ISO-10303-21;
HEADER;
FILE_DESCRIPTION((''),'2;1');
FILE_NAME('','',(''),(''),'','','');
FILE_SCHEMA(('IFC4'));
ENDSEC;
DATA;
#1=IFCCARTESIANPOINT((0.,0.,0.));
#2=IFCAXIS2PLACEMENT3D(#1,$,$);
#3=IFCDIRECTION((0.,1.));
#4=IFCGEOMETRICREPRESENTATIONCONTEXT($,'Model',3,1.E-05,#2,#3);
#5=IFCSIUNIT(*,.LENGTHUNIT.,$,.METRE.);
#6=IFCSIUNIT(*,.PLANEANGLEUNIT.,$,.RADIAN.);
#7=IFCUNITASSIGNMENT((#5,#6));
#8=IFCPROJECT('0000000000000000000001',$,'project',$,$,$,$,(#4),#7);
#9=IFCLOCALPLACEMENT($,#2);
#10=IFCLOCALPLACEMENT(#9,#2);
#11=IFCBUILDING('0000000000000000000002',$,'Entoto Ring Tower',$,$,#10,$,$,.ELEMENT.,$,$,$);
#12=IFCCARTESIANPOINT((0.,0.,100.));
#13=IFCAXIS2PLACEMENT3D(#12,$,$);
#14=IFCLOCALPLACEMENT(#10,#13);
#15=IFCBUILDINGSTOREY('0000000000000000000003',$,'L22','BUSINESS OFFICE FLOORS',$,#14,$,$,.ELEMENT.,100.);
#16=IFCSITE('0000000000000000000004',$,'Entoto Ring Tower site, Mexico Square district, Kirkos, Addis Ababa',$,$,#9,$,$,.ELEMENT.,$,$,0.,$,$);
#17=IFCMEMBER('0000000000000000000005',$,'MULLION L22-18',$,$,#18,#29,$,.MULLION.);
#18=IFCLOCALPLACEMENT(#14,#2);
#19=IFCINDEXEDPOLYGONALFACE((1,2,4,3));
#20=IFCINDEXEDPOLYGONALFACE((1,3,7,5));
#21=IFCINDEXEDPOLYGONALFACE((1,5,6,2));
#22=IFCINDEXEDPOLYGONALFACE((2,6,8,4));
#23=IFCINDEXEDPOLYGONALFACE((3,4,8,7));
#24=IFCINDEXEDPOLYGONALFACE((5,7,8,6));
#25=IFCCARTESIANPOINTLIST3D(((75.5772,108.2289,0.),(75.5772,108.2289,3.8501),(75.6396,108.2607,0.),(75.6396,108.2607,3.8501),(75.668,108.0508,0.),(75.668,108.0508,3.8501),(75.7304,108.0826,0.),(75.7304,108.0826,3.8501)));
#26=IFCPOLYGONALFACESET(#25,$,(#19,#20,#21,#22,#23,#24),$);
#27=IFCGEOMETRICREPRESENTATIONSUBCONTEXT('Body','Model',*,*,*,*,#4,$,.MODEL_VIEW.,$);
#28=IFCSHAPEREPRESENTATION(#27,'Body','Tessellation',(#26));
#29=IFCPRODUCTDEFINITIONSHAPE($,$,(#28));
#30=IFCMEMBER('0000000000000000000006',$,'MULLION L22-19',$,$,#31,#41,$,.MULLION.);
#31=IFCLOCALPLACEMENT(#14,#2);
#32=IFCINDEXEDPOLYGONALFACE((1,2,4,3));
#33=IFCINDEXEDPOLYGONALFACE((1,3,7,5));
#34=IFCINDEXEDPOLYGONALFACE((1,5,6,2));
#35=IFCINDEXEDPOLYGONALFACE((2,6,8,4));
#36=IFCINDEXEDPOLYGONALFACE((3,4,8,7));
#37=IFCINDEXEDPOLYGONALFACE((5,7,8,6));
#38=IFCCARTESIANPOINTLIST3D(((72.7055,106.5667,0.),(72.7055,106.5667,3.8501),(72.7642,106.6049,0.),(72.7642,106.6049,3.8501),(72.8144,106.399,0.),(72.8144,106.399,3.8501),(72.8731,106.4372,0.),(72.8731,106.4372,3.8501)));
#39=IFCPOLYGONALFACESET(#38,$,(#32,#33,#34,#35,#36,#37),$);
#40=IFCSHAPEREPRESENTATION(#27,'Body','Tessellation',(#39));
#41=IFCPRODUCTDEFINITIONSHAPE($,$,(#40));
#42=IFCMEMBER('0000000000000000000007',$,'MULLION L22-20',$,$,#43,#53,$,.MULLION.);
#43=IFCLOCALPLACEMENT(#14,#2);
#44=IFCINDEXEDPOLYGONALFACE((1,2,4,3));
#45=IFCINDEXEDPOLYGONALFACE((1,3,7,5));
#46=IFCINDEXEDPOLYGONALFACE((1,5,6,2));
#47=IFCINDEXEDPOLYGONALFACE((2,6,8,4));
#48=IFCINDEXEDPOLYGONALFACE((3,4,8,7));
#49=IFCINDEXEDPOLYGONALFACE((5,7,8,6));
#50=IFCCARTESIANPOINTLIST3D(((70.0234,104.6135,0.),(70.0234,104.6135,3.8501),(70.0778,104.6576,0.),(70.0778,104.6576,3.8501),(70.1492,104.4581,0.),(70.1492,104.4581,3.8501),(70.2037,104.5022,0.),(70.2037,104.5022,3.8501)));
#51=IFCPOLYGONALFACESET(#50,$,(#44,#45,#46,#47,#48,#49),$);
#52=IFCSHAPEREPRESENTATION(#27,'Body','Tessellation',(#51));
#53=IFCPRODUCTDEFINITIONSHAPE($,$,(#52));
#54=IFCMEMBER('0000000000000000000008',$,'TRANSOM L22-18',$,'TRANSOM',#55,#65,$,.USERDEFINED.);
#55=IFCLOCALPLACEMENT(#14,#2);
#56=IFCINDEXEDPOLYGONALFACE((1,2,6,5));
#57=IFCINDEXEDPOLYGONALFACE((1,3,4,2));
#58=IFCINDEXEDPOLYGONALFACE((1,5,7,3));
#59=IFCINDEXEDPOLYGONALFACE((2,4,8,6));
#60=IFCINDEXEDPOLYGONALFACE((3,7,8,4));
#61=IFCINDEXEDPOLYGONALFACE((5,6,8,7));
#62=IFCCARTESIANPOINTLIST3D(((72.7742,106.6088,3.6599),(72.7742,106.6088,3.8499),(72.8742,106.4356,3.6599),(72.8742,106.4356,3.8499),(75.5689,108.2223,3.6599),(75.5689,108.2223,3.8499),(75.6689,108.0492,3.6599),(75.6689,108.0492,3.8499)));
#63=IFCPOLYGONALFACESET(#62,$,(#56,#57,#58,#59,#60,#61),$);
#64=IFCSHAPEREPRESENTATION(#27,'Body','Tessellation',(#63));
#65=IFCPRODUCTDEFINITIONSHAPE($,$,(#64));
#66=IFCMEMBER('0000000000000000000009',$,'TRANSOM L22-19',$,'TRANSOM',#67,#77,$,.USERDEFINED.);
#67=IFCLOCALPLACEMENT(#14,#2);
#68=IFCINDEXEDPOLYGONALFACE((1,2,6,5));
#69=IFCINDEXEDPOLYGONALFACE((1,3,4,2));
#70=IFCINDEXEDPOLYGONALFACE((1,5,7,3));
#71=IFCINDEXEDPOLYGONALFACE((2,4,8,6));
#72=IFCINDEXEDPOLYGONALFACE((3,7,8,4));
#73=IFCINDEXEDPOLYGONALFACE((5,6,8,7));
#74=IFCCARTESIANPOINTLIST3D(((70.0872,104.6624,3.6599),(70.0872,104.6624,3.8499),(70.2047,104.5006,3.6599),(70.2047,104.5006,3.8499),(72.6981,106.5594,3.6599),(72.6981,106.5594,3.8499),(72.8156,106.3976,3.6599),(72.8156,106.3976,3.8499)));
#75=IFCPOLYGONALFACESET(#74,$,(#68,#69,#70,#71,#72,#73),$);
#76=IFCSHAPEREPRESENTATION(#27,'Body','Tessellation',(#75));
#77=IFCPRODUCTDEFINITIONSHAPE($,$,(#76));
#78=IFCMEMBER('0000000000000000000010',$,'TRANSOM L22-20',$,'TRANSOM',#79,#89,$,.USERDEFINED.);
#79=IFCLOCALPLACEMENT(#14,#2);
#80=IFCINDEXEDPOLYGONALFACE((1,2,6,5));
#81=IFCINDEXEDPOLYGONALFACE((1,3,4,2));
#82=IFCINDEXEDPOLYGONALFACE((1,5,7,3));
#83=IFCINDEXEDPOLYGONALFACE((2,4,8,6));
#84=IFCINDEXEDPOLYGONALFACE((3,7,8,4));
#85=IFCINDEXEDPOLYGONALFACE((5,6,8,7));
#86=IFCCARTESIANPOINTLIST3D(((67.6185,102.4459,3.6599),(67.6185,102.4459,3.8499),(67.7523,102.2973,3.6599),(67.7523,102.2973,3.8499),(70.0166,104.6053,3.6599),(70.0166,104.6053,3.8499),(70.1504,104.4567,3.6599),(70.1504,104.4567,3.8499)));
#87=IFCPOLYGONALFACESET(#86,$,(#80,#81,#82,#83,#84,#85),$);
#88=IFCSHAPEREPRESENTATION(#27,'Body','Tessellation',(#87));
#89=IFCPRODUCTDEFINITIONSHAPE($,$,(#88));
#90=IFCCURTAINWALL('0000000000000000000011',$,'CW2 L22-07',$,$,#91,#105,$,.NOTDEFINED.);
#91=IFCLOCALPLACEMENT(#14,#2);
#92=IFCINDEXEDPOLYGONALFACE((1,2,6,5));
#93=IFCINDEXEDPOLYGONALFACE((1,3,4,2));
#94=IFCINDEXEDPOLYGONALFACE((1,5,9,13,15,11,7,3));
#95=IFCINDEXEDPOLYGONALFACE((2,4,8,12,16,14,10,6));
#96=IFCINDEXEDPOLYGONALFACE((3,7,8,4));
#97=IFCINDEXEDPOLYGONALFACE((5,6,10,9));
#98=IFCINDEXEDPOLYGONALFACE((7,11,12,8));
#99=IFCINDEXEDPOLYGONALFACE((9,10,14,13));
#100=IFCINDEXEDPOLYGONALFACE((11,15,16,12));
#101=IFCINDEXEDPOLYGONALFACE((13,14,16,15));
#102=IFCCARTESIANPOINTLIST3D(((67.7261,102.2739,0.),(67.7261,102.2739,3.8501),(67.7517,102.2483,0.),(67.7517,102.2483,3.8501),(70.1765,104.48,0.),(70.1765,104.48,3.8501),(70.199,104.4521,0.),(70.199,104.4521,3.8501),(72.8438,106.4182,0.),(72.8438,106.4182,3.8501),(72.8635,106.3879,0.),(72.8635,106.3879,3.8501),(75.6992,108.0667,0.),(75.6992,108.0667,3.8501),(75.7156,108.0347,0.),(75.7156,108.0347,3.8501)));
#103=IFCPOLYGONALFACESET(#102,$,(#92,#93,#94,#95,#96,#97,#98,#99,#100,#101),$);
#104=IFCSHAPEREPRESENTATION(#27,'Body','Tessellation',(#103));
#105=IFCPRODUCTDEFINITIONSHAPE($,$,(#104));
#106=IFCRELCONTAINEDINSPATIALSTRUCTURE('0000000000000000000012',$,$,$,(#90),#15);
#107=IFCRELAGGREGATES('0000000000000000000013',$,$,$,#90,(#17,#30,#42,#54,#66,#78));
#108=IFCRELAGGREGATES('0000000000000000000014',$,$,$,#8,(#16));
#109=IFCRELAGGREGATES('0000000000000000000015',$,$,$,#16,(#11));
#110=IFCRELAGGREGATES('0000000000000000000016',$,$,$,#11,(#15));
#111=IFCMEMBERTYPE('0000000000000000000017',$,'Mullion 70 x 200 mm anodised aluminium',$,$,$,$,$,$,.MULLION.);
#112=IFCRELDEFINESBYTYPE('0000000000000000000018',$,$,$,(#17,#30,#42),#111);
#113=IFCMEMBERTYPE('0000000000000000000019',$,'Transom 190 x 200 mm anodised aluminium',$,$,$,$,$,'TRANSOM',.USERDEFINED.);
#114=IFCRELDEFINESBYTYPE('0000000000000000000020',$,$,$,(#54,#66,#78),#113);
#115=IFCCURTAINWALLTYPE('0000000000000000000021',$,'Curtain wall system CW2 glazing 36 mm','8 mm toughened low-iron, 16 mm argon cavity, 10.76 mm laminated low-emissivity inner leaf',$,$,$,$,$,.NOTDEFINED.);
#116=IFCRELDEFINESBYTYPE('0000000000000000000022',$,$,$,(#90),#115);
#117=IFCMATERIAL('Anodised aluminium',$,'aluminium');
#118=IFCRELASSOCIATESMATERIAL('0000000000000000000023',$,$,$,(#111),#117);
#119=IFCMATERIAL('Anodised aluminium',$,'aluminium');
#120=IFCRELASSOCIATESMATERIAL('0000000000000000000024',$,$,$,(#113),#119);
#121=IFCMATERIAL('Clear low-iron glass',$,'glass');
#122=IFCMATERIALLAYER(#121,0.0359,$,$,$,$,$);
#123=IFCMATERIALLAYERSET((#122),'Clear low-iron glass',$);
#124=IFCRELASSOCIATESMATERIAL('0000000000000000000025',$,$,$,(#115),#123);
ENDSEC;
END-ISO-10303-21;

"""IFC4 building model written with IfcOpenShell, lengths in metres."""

from ifc_helpers import new_model, si_unit, direction, frame, origin, origin_2d, place, context, subcontext, project, spatial, polyline, rectangle, outline, extrude, material, layer, layer_set, material_profile, profile_set, type_object, element, aggregate, save


model = new_model("IFC4")

# Units and contexts
model_context = context("Model", 3, precision=1e-05, world=origin(), true_north=direction((0.0, 1.0)))
body_context = subcontext(model_context, "Body", "Model", "MODEL_VIEW")
ifc_project = project(units=[si_unit("LENGTHUNIT", "METRE"), si_unit("PLANEANGLEUNIT", "RADIAN")], contexts=[model_context])

# Members
ifc_material_1 = material(Name="Anodised aluminium", Category="aluminium")
ifc_material_profile_1 = material_profile(ifc_material_1, rectangle(XDim=0.0701, YDim=0.2, at=origin_2d()), Name="Mullion 70 x 200 mm anodised aluminium")
ifc_profile_set_1 = profile_set([ifc_material_profile_1], Name="Anodised aluminium")
member_type_1 = type_object("IfcMemberType", Name="Mullion 70 x 200 mm anodised aluminium", PredefinedType="MULLION", material=ifc_profile_set_1)
site_placement = place(None, origin())
building_placement = place(site_placement, origin())
storey_placement = place(building_placement, frame((0.0, 0.0, 100.0)))
member_1_placement = place(storey_placement, frame((75.6538, 108.1558, 0.0), z_axis=(0.0, 0.0, 1.0), x_axis=(-0.891007, -0.45399, 0.0)))
member_1 = element("IfcMember", 1, at=member_1_placement, type_object=member_type_1, Name="MULLION L22-18", PredefinedType="MULLION", context=body_context, shape_type="SweptSolid", body=[
    extrude(rectangle(XDim=0.0701, YDim=0.2, at=origin_2d()), origin(), (0.0, 0.0, 1.0), 3.8501),
])
member_2_placement = place(storey_placement, frame((72.7893, 106.502, 0.0), z_axis=(0.0, 0.0, 1.0), x_axis=(-0.838671, -0.544639, 0.0)))
member_2 = element("IfcMember", 2, at=member_2_placement, type_object=member_type_1, Name="MULLION L22-19", PredefinedType="MULLION", context=body_context, shape_type="SweptSolid", body=[
    extrude(rectangle(XDim=0.0701, YDim=0.2, at=origin_2d()), origin(), (0.0, 0.0, 1.0), 3.8501),
])
member_3_placement = place(storey_placement, frame((70.1135, 104.5579, 0.0), z_axis=(0.0, 0.0, 1.0), x_axis=(-0.777146, -0.62932, 0.0)))
member_3 = element("IfcMember", 3, at=member_3_placement, type_object=member_type_1, Name="MULLION L22-20", PredefinedType="MULLION", context=body_context, shape_type="SweptSolid", body=[
    extrude(rectangle(XDim=0.0701, YDim=0.2, at=origin_2d()), origin(), (0.0, 0.0, 1.0), 3.8501),
])
ifc_material_2 = material(Name="Anodised aluminium", Category="aluminium")
ifc_material_profile_2 = material_profile(ifc_material_2, rectangle(XDim=0.2, YDim=0.1899, at=origin_2d()), Name="Transom 190 x 200 mm anodised aluminium")
ifc_profile_set_2 = profile_set([ifc_material_profile_2], Name="Anodised aluminium")
member_type_2 = type_object("IfcMemberType", Name="Transom 190 x 200 mm anodised aluminium", ElementType="TRANSOM", PredefinedType="USERDEFINED", material=ifc_profile_set_2)
member_4_placement = place(storey_placement, frame((75.6189, 108.1357, 3.7549), z_axis=(-0.866023, -0.500004, 0.0), x_axis=(0.500004, -0.866023, 0.0)))
member_4 = element("IfcMember", 4, at=member_4_placement, type_object=member_type_2, Name="TRANSOM L22-18", ObjectType="TRANSOM", PredefinedType="USERDEFINED", context=body_context, shape_type="SweptSolid", body=[
    extrude(rectangle(XDim=0.2, YDim=0.1899, at=origin_2d()), origin(), (0.0, 0.0, 1.0), 3.2271),
])
member_5_placement = place(storey_placement, frame((72.7568, 106.4785, 3.7549), z_axis=(-0.809004, -0.587803, 0.0), x_axis=(0.587803, -0.809004, 0.0)))
member_5 = element("IfcMember", 5, at=member_5_placement, type_object=member_type_2, Name="TRANSOM L22-19", ObjectType="TRANSOM", PredefinedType="USERDEFINED", context=body_context, shape_type="SweptSolid", body=[
    extrude(rectangle(XDim=0.2, YDim=0.1899, at=origin_2d()), origin(), (0.0, 0.0, 1.0), 3.2273),
])
member_6_placement = place(storey_placement, frame((70.0835, 104.531, 3.7549), z_axis=(-0.743132, -0.669144, 0.0), x_axis=(0.669144, -0.743132, 0.0)))
member_6 = element("IfcMember", 6, at=member_6_placement, type_object=member_type_2, Name="TRANSOM L22-20", ObjectType="TRANSOM", PredefinedType="USERDEFINED", context=body_context, shape_type="SweptSolid", body=[
    extrude(rectangle(XDim=0.2, YDim=0.1899, at=origin_2d()), origin(), (0.0, 0.0, 1.0), 3.2271),
])

# Site, building, storey
site = spatial("IfcSite", under=ifc_project, at=site_placement, Name="Entoto Ring Tower site, Mexico Square district, Kirkos, Addis Ababa", CompositionType="ELEMENT", RefElevation=0.0)
building = spatial("IfcBuilding", under=site, at=building_placement, Name="Entoto Ring Tower", CompositionType="ELEMENT")
storey = spatial("IfcBuildingStorey", under=building, at=storey_placement, Name="L22", Description="BUSINESS OFFICE FLOORS", CompositionType="ELEMENT", Elevation=100.0)

# Curtain wall
ifc_material_3 = material(Name="Clear low-iron glass", Category="glass")
ifc_layer = layer(ifc_material_3, 0.0359)
ifc_layer_set = layer_set([ifc_layer], Name="Clear low-iron glass")
curtain_wall_type = type_object("IfcCurtainWallType", Name="Curtain wall system CW2 glazing 36 mm", Description="8 mm toughened low-iron, 16 mm argon cavity, 10.76 mm laminated low-emissivity inner leaf", PredefinedType="NOTDEFINED", material=ifc_layer_set)
curtain_wall_1_placement = place(storey_placement, origin())
curtain_wall_1 = element("IfcCurtainWall", 7, at=curtain_wall_1_placement, inside=storey, type_object=curtain_wall_type, Name="CW2 L22-07", PredefinedType="NOTDEFINED", context=body_context, shape_type="SweptSolid", body=[
    extrude(outline(polyline([(75.6992, 108.0667), (72.8438, 106.4182), (70.1765, 104.48), (67.7261, 102.2739), (67.7517, 102.2483), (70.199, 104.4521), (72.8635, 106.3879), (75.7156, 108.0347), (75.6992, 108.0667)])), origin(), (0.0, 0.0, 1.0), 3.8501),
])
aggregate(curtain_wall_1, [member_1, member_2, member_3, member_4, member_5, member_6])

save(model, "model.ifc")
